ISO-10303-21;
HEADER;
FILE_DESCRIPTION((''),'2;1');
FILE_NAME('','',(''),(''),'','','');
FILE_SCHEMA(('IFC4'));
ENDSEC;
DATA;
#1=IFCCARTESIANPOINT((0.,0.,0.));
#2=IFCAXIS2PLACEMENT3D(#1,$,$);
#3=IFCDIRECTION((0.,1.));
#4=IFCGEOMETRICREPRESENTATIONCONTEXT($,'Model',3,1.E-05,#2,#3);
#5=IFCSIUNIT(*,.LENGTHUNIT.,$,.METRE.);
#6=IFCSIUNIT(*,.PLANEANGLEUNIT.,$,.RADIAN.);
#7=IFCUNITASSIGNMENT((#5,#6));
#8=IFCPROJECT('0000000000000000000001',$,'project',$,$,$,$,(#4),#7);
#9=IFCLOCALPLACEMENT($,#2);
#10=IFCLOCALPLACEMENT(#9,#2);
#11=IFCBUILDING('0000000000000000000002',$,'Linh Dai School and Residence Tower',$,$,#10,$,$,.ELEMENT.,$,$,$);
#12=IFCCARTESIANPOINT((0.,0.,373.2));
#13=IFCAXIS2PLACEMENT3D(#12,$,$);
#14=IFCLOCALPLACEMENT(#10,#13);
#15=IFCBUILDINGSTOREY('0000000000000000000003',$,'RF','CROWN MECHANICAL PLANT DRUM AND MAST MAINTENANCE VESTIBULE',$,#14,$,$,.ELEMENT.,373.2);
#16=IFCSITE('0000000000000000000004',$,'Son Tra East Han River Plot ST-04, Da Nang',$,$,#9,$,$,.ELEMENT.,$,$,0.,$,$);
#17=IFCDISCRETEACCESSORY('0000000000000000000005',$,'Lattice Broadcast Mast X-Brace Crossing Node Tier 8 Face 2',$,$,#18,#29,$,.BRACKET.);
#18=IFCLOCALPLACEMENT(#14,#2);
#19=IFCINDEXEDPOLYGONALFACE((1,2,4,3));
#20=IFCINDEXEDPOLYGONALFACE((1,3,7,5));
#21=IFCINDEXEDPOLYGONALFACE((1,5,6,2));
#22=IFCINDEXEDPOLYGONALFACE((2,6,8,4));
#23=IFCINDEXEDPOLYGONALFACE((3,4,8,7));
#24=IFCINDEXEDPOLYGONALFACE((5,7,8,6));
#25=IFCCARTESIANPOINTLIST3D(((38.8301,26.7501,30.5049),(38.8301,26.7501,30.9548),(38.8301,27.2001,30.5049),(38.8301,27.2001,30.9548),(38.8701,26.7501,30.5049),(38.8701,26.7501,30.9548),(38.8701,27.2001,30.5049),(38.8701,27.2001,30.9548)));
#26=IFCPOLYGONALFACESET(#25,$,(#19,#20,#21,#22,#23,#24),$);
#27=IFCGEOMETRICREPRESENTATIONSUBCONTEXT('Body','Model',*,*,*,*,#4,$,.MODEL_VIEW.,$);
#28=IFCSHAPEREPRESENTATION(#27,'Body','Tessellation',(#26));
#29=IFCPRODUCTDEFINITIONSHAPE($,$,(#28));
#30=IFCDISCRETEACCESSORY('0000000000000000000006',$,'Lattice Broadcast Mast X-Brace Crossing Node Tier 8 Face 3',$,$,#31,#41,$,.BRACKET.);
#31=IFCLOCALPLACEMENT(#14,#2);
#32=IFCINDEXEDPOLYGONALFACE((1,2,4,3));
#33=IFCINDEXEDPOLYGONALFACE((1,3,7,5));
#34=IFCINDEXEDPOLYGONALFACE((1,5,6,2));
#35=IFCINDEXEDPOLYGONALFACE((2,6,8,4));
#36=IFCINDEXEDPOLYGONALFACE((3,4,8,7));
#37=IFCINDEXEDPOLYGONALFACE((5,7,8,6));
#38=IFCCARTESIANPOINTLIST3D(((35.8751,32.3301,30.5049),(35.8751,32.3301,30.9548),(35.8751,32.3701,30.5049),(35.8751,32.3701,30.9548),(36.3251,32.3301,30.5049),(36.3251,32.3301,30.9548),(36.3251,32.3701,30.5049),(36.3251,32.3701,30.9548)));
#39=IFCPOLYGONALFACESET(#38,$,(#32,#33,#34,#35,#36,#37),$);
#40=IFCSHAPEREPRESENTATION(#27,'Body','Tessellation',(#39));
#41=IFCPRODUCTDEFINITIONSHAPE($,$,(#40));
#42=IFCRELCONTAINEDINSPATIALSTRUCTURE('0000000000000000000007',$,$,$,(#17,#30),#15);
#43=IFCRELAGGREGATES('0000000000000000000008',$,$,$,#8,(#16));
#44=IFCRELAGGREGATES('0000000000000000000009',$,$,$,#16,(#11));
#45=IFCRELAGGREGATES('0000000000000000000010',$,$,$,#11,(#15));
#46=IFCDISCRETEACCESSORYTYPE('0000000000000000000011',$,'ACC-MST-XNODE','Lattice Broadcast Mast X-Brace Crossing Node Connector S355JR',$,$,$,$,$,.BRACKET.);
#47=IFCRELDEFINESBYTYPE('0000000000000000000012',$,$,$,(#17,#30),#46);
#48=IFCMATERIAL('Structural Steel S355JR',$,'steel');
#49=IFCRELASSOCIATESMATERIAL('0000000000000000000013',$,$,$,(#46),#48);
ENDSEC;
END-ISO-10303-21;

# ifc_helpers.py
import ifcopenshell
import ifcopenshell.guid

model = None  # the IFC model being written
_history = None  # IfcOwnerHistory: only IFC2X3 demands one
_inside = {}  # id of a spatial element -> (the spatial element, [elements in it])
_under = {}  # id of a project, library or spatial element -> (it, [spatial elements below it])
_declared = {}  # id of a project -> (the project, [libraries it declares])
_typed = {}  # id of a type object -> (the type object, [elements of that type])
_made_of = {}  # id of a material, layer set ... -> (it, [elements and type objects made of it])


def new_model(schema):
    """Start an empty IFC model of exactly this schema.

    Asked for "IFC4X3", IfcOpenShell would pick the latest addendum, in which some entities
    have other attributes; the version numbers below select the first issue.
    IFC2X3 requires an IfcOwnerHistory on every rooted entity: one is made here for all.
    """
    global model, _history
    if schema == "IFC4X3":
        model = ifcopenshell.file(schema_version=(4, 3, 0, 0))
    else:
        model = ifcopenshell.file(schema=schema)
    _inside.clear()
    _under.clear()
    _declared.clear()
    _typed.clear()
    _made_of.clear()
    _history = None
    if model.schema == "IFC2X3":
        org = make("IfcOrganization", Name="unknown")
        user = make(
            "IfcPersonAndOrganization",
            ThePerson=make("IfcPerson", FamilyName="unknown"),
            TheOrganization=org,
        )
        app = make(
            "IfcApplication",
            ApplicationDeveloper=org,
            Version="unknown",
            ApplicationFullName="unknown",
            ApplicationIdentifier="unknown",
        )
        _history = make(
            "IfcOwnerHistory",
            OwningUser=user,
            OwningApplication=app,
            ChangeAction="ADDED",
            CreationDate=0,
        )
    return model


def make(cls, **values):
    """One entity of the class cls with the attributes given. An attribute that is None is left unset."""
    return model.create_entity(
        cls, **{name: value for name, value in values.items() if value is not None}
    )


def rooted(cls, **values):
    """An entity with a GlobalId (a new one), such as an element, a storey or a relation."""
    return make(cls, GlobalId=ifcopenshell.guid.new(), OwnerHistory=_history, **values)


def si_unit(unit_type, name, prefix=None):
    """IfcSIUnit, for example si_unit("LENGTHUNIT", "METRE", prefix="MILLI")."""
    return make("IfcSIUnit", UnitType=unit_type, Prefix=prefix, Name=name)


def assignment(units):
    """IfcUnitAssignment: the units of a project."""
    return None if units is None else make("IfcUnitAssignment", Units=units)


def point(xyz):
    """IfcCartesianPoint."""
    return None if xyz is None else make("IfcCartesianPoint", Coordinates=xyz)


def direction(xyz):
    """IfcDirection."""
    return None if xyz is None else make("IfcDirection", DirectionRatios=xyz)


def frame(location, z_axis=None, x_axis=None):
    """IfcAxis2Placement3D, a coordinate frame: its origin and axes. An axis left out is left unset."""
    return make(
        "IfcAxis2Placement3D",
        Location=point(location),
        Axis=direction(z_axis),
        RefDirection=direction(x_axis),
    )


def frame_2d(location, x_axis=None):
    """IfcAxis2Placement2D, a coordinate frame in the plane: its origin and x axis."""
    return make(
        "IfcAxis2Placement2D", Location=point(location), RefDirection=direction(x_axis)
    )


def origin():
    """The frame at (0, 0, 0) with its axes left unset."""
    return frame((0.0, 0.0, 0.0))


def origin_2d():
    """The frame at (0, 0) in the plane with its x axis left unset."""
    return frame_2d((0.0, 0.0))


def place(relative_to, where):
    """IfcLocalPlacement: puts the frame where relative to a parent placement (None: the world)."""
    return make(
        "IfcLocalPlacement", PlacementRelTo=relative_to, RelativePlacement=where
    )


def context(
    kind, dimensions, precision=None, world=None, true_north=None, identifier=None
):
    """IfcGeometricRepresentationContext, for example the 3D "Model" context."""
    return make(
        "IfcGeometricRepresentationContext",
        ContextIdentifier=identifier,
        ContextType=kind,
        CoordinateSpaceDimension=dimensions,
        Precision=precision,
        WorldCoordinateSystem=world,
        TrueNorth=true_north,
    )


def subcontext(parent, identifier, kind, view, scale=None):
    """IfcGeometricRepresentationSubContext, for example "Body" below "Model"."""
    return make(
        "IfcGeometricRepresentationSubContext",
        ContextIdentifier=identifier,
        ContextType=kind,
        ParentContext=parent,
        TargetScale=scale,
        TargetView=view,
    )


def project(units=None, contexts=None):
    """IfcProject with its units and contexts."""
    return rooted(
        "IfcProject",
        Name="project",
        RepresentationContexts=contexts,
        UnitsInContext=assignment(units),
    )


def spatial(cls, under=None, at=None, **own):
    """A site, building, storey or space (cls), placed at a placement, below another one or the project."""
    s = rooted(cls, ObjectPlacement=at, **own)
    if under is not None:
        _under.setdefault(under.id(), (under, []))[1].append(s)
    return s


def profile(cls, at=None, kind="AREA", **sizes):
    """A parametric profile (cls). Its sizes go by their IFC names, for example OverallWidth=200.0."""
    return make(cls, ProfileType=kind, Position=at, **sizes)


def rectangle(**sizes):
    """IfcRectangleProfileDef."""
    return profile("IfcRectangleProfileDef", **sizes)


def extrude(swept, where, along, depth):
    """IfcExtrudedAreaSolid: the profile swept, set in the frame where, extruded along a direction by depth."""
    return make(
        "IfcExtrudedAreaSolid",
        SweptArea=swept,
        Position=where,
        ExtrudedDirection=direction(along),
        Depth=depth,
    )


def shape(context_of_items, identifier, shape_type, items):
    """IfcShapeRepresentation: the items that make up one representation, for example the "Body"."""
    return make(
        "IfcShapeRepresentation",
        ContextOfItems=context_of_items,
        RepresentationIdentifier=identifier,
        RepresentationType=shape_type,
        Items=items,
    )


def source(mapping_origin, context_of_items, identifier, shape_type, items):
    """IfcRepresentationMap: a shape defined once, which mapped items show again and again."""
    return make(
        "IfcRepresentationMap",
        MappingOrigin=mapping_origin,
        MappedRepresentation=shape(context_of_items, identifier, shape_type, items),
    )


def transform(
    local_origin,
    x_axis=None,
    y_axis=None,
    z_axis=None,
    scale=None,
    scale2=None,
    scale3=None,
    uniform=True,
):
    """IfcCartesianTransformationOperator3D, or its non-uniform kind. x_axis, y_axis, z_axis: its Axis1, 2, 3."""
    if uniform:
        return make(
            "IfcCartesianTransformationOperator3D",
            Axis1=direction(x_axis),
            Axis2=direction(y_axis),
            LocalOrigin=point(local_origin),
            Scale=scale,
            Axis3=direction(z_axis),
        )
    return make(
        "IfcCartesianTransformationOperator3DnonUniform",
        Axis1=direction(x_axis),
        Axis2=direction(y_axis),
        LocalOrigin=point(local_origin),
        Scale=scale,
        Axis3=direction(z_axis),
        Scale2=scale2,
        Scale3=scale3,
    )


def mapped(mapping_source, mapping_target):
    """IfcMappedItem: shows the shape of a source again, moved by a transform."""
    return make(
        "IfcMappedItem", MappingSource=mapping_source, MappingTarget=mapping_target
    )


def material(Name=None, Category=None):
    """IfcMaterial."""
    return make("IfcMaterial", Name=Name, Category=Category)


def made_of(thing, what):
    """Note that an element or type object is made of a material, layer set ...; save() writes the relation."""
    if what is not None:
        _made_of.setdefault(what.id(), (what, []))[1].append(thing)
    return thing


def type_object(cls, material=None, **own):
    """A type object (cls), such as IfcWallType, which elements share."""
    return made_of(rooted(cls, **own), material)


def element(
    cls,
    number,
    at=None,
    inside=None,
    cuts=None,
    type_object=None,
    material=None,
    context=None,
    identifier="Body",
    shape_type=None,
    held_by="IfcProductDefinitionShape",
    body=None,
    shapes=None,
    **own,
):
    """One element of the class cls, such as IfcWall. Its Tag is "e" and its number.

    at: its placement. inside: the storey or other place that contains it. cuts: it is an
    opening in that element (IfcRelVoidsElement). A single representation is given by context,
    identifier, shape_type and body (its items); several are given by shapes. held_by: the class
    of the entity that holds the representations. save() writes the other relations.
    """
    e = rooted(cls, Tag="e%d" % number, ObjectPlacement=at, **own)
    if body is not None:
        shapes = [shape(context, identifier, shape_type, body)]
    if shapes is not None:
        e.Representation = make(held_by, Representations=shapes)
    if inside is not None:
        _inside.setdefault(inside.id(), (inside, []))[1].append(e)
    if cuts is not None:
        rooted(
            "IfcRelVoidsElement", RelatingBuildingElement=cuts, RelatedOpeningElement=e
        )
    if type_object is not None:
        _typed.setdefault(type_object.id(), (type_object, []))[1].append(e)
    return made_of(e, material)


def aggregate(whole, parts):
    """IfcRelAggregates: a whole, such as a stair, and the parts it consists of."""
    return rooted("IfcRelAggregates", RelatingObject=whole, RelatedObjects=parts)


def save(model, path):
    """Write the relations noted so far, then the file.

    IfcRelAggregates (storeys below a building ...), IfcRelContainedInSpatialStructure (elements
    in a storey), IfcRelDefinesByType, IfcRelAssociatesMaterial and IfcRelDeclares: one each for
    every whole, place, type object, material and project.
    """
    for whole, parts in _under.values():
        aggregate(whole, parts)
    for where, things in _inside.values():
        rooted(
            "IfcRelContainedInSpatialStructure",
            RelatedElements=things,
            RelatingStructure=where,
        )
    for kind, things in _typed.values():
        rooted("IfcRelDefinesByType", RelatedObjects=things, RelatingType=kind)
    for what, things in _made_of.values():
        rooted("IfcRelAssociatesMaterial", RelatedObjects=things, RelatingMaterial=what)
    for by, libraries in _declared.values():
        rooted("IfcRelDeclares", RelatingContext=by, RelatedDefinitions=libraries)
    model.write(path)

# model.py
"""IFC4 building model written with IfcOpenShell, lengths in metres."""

from ifc_helpers import new_model, si_unit, direction, frame, origin, origin_2d, place, context, subcontext, project, spatial, rectangle, extrude, source, transform, mapped, material, type_object, element, save


model = new_model("IFC4")

# Units and contexts
model_context = context("Model", 3, precision=1e-05, world=origin(), true_north=direction((0.0, 1.0)))
body_context = subcontext(model_context, "Body", "Model", "MODEL_VIEW")
ifc_project = project(units=[si_unit("LENGTHUNIT", "METRE"), si_unit("PLANEANGLEUNIT", "RADIAN")], contexts=[model_context])

# Site, building, storey
site_placement = place(None, origin())
site = spatial("IfcSite", under=ifc_project, at=site_placement, Name="Son Tra East Han River Plot ST-04, Da Nang", CompositionType="ELEMENT", RefElevation=0.0)
building_placement = place(site_placement, origin())
building = spatial("IfcBuilding", under=site, at=building_placement, Name="Linh Dai School and Residence Tower", CompositionType="ELEMENT")
storey_placement = place(building_placement, frame((0.0, 0.0, 373.2)))
storey = spatial("IfcBuildingStorey", under=building, at=storey_placement, Name="RF", Description="CROWN MECHANICAL PLANT DRUM AND MAST MAINTENANCE VESTIBULE", CompositionType="ELEMENT", Elevation=373.2)

# Shared definitions
ifc_material = material(Name="Structural Steel S355JR", Category="steel")

# Discrete accessories
discrete_accessory_type = type_object("IfcDiscreteAccessoryType", Name="ACC-MST-XNODE", Description="Lattice Broadcast Mast X-Brace Crossing Node Connector S355JR", PredefinedType="BRACKET", material=ifc_material)
shared_shape_1 = source(origin(), body_context, "Body", "SweptSolid", [
    extrude(rectangle(XDim=0.45, YDim=0.04, at=origin_2d()), origin(), (0.0, 0.0, 1.0), 0.45),
])
for number, where, z_axis, x_axis, name in (
    (1, (38.8501, 26.9751, 30.5049), (0.0, 0.0, 1.0), (0.0, 1.0, 0.0), "Lattice Broadcast Mast X-Brace Crossing Node Tier 8 Face 2"),
    (2, (36.1001, 32.3501, 30.5049), (0.0, 0.0, 1.0), (-1.0, 0.0, 0.0), "Lattice Broadcast Mast X-Brace Crossing Node Tier 8 Face 3"),
):
    element("IfcDiscreteAccessory", number, at=place(storey_placement, frame(where, z_axis=z_axis, x_axis=x_axis)), inside=storey, type_object=discrete_accessory_type, Name=name, PredefinedType="BRACKET", context=body_context, shape_type="MappedRepresentation", body=[
        mapped(shared_shape_1, transform((0.0, 0.0, 0.0), x_axis=(1.0, 0.0, 0.0), y_axis=(0.0, 1.0, 0.0), z_axis=(0.0, 0.0, 1.0), scale=1.0)),
    ])

save(model, "model.ifc")
